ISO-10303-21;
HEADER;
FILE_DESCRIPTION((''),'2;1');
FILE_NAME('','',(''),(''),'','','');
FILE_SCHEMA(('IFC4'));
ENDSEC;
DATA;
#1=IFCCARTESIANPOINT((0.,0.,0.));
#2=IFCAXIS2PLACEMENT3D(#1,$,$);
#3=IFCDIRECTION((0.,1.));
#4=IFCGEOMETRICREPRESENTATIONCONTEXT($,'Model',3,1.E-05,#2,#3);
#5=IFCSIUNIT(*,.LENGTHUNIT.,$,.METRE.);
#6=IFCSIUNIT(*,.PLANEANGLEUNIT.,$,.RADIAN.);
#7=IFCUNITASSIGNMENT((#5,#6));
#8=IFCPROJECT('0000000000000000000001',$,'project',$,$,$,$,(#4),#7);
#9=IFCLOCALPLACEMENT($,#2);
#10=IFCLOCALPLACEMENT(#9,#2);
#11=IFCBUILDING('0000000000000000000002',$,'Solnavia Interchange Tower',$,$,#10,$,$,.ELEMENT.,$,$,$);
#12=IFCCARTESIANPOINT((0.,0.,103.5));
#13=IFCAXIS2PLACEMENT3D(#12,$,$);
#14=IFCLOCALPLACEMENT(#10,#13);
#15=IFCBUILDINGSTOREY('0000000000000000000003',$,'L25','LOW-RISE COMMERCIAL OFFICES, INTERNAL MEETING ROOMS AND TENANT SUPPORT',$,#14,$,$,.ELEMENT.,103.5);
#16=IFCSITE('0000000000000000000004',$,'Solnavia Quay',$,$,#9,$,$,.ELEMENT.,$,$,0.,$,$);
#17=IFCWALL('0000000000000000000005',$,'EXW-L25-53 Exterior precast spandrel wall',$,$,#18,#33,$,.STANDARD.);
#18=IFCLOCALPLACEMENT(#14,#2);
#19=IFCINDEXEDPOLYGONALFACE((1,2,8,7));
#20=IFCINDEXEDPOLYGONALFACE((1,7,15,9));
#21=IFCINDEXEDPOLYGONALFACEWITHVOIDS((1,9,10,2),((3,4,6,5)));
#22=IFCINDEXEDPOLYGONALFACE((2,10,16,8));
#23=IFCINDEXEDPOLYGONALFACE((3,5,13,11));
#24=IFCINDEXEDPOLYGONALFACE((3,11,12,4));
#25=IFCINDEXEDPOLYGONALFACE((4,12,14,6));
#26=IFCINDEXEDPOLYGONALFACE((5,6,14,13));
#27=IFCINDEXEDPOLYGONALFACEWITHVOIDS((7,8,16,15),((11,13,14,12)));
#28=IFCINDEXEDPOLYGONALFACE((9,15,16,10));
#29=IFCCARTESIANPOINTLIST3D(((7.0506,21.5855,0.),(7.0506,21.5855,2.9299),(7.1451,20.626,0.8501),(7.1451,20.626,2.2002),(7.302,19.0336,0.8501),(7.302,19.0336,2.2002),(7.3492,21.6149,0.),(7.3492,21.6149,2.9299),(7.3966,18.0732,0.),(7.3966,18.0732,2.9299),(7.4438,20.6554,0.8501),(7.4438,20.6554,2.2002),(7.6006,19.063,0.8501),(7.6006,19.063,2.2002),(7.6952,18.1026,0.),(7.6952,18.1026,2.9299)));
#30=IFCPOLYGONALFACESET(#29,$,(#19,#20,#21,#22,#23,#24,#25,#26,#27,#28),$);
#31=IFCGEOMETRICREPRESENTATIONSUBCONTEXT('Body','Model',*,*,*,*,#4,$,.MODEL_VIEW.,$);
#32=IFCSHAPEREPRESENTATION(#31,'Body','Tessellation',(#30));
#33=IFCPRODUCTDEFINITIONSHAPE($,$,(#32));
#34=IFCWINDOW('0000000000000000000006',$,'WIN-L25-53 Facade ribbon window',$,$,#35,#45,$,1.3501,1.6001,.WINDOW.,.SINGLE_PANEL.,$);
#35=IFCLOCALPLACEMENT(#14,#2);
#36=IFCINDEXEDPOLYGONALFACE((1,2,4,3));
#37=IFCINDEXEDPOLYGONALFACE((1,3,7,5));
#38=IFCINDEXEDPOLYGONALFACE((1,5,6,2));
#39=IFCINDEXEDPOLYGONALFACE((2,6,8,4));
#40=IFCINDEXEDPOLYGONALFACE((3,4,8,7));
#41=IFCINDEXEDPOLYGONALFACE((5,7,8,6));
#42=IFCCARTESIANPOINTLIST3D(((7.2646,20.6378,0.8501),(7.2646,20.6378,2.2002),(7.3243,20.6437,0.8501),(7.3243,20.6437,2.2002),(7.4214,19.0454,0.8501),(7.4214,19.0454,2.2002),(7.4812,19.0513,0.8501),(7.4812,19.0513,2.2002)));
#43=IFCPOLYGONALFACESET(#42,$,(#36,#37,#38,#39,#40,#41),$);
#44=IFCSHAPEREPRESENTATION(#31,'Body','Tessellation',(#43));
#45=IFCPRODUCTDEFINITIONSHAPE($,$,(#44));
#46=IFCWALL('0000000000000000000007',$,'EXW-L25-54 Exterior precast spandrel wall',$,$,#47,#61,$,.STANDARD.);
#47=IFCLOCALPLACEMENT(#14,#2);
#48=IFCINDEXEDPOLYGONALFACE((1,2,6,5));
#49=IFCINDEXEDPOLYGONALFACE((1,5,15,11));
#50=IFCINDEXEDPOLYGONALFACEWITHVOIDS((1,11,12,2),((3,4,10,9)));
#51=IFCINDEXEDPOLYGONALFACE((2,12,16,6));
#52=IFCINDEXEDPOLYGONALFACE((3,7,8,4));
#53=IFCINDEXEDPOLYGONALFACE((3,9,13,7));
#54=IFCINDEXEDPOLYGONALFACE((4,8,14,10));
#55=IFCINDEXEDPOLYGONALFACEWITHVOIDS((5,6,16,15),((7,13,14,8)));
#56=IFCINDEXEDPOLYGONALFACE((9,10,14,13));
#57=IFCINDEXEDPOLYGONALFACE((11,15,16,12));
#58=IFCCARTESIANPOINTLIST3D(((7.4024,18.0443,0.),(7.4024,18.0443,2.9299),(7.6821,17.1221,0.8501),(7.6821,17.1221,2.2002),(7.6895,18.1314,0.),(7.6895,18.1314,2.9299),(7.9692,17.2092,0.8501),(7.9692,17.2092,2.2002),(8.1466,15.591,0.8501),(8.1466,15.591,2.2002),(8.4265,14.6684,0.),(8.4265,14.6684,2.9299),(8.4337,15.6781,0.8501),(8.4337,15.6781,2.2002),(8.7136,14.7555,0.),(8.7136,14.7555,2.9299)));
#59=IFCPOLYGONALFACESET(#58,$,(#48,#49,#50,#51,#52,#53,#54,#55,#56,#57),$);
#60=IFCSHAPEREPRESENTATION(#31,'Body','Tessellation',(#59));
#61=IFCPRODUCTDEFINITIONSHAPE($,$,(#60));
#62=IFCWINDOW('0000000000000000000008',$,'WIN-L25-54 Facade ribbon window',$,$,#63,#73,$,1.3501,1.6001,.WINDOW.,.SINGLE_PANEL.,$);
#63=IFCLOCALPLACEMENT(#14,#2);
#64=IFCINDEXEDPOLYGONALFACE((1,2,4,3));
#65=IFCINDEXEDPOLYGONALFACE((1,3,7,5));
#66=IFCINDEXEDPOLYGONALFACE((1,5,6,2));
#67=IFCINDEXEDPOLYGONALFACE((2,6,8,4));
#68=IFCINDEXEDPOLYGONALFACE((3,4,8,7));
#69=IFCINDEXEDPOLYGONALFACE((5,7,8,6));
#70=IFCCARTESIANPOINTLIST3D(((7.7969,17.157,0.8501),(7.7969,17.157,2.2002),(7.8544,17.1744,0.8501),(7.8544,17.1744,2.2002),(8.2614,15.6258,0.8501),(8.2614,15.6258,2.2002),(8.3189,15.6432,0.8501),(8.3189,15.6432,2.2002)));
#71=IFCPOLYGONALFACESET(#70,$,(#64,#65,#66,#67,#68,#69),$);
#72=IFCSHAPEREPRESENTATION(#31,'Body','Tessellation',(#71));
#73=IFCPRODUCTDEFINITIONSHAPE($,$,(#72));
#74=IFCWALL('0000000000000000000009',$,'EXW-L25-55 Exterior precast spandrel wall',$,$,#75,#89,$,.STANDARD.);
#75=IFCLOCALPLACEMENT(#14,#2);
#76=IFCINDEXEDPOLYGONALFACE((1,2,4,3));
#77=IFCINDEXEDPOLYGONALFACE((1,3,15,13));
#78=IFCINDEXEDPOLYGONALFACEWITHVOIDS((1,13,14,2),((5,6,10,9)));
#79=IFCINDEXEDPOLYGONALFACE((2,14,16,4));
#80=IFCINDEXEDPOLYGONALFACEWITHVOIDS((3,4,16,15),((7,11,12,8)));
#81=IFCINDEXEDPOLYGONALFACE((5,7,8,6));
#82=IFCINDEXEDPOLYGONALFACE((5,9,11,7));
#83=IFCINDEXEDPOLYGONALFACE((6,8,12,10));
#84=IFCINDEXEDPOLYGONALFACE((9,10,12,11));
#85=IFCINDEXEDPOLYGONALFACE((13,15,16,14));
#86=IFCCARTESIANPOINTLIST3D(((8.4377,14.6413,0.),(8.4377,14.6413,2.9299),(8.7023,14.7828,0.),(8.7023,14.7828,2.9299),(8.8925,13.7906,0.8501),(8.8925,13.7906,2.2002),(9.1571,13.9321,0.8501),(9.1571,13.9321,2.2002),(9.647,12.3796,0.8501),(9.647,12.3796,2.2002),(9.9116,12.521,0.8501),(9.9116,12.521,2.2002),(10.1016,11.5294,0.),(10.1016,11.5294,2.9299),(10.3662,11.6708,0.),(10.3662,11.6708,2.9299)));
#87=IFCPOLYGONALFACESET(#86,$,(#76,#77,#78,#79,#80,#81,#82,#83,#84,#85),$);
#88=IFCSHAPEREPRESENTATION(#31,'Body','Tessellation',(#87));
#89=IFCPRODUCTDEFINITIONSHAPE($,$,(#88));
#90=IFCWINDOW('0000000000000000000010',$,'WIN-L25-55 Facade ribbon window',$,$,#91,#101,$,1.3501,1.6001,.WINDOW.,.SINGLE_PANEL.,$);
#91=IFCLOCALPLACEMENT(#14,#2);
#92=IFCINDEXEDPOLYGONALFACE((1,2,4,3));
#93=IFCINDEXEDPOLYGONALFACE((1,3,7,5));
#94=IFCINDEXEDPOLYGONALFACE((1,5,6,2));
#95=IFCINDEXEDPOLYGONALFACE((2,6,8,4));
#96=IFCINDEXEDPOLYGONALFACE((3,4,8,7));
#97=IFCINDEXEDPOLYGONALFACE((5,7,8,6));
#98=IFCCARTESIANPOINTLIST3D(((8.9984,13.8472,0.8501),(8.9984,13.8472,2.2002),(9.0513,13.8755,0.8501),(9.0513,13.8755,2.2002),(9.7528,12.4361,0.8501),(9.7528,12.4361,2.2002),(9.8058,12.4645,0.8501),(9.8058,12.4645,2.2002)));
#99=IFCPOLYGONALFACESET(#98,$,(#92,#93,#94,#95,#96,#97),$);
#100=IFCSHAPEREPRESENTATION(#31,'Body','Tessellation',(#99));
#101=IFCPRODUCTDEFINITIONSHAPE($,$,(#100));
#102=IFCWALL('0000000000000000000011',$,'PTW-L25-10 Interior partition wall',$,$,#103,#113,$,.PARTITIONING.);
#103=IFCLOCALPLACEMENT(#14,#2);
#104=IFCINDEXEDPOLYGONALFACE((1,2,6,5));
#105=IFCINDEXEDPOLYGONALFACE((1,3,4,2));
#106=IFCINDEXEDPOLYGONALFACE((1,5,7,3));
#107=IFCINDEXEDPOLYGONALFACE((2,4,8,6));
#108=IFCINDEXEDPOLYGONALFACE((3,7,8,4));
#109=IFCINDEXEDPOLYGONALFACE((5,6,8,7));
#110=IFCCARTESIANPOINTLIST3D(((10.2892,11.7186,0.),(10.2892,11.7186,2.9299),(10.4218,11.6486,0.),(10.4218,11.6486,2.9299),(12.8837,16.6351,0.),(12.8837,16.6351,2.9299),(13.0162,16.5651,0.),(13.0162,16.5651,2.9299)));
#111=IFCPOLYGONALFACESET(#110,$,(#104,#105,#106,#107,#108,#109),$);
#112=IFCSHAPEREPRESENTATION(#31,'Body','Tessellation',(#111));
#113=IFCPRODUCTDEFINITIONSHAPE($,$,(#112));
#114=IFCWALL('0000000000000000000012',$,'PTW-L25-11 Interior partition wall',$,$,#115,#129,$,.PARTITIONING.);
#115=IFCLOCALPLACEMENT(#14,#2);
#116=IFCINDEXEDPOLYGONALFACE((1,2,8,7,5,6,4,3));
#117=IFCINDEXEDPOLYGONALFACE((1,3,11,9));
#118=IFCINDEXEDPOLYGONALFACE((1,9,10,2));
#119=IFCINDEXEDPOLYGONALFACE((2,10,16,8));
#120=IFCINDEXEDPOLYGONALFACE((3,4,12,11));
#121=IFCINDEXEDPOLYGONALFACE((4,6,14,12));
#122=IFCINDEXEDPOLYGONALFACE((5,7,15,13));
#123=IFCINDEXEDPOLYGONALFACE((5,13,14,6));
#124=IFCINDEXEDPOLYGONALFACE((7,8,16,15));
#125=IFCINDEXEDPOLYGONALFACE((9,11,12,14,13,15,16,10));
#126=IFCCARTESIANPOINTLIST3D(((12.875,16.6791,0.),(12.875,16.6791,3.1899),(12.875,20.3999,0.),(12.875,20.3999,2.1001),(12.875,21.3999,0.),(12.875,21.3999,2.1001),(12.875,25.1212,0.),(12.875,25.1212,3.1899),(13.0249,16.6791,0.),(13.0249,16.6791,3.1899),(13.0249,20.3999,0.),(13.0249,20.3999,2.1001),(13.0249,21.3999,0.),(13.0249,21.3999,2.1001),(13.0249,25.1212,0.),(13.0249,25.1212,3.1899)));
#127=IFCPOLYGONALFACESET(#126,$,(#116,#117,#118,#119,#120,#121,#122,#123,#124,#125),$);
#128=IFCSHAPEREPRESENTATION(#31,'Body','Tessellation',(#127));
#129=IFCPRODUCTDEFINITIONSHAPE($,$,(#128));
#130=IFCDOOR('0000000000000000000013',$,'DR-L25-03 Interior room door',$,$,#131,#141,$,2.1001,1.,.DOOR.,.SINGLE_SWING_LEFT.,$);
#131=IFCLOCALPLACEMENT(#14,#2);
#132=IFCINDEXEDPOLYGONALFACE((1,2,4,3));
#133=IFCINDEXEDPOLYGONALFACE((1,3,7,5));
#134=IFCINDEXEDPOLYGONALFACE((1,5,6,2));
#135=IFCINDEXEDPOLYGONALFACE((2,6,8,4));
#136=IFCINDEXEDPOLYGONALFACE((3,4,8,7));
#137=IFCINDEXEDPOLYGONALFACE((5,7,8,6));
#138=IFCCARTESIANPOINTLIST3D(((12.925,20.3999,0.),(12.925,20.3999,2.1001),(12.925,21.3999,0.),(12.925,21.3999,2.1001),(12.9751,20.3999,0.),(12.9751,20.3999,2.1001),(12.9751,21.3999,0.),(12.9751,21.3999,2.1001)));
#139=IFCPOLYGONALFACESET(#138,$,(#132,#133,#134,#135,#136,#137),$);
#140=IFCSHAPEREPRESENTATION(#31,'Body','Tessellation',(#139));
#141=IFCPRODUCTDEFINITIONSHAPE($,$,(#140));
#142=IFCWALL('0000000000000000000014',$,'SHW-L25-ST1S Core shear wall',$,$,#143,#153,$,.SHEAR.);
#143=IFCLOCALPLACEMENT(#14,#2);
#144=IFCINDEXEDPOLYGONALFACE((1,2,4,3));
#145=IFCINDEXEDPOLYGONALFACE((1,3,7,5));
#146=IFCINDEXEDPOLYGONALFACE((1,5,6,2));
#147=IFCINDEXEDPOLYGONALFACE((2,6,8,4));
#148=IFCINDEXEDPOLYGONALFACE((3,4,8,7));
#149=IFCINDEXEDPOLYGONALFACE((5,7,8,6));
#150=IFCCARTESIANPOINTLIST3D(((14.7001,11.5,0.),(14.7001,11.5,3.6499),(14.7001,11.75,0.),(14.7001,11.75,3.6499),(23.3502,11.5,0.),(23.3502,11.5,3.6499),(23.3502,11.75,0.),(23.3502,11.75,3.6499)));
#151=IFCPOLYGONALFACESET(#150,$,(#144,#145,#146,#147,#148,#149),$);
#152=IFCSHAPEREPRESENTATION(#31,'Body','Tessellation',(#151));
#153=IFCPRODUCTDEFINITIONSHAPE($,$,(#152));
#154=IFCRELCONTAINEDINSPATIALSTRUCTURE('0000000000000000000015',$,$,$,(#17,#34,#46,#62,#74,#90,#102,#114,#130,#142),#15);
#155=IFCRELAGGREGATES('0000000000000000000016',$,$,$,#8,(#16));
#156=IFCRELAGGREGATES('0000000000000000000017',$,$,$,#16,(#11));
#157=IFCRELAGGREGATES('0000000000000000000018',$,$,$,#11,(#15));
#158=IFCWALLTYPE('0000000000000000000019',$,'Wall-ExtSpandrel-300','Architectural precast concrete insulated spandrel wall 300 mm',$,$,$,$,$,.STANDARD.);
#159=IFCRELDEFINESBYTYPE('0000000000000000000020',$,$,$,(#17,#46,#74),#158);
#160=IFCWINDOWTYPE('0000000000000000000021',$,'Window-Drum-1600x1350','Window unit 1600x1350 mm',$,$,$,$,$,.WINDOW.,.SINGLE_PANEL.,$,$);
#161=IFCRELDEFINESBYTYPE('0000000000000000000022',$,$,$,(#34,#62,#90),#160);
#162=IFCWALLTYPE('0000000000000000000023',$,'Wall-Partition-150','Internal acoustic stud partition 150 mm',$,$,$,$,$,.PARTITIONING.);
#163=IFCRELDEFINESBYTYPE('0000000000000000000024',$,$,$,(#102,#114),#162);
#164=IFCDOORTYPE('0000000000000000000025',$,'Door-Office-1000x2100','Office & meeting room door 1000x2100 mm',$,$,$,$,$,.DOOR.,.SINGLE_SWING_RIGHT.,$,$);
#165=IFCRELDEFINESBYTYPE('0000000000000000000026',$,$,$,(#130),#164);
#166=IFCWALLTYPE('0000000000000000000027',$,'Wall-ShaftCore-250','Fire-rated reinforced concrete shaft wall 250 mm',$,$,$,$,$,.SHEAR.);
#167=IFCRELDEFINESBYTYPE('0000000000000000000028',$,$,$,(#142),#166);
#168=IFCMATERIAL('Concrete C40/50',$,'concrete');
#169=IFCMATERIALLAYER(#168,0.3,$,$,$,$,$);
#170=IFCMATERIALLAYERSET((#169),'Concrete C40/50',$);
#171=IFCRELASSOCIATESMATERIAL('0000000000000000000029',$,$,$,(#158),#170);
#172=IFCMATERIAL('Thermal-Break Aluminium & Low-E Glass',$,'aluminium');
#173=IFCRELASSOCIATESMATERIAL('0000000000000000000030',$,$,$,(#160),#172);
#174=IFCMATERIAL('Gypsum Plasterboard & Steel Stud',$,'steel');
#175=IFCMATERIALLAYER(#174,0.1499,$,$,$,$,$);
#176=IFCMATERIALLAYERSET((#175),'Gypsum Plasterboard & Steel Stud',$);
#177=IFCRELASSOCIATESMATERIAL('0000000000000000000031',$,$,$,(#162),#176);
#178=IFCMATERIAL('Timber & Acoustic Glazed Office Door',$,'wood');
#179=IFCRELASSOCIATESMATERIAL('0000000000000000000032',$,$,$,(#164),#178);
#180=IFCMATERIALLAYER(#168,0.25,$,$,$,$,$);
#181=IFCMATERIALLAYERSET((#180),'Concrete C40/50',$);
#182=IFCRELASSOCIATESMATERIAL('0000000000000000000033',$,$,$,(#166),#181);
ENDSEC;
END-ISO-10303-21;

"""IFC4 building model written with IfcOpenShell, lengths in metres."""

from ifc_helpers import new_model, si_unit, direction, frame, frame_2d, origin, place, context, subcontext, project, spatial, rectangle, extrude, material, layer, layer_set, type_object, element, fill, save


model = new_model("IFC4")

# Units and contexts
model_context = context("Model", 3, precision=1e-05, world=origin(), true_north=direction((0.0, 1.0)))
body_context = subcontext(model_context, "Body", "Model", "MODEL_VIEW")
ifc_project = project(units=[si_unit("LENGTHUNIT", "METRE"), si_unit("PLANEANGLEUNIT", "RADIAN")], contexts=[model_context])

# Site, building, storey
site_placement = place(None, origin())
site = spatial("IfcSite", under=ifc_project, at=site_placement, Name="Solnavia Quay", CompositionType="ELEMENT", RefElevation=0.0)
building_placement = place(site_placement, origin())
building = spatial("IfcBuilding", under=site, at=building_placement, Name="Solnavia Interchange Tower", CompositionType="ELEMENT")
storey_placement = place(building_placement, frame((0.0, 0.0, 103.5)))
storey = spatial("IfcBuildingStorey", under=building, at=storey_placement, Name="L25", Description="LOW-RISE COMMERCIAL OFFICES, INTERNAL MEETING ROOMS AND TENANT SUPPORT", CompositionType="ELEMENT", Elevation=103.5)

# Walls, openings, windows
ifc_material_1 = material(Name="Concrete C40/50", Category="concrete")
ifc_layer_1 = layer(ifc_material_1, 0.3)
ifc_layer_set_1 = layer_set([ifc_layer_1], Name="Concrete C40/50")
wall_type_1 = type_object("IfcWallType", Name="Wall-ExtSpandrel-300", Description="Architectural precast concrete insulated spandrel wall 300 mm", PredefinedType="STANDARD", material=ifc_layer_set_1)
ifc_material_2 = material(Name="Thermal-Break Aluminium & Low-E Glass", Category="aluminium")
wall_1_placement = place(storey_placement, frame((7.5459, 18.0879, 0.0), z_axis=(0.0, 0.0, 1.0), x_axis=(-0.098024, 0.995184, 0.0)))
wall_1 = element("IfcWall", 1, at=wall_1_placement, inside=storey, type_object=wall_type_1, Name="EXW-L25-53 Exterior precast spandrel wall", PredefinedType="STANDARD", context=body_context, shape_type="SweptSolid", body=[
    extrude(rectangle(XDim=3.5293, YDim=0.3, at=frame_2d((1.7646, 0.0))), origin(), (0.0, 0.0, 1.0), 2.9299),
])
opening_1_placement = place(wall_1_placement, frame((0.9651, 0.0, 0.8501)))
opening_1 = element("IfcOpeningElement", 2, at=opening_1_placement, cuts=wall_1, PredefinedType="OPENING", context=body_context, shape_type="SweptSolid", body=[
    extrude(rectangle(XDim=1.6001, YDim=1.3501, at=frame_2d((0.8, 0.675))), frame((0.0, 0.1602, 0.0), z_axis=(0.0, -1.0, 0.0), x_axis=(1.0, 0.0, 0.0)), (0.0, 0.0, 1.0), 0.3201),
])
window_type_1 = type_object("IfcWindowType", Name="Window-Drum-1600x1350", Description="Window unit 1600x1350 mm", PartitioningType="SINGLE_PANEL", PredefinedType="WINDOW", material=ifc_material_2)
window_1_placement = place(opening_1_placement, origin())
window_1 = element("IfcWindow", 3, at=window_1_placement, inside=storey, type_object=window_type_1, Name="WIN-L25-53 Facade ribbon window", OverallHeight=1.3501, OverallWidth=1.6001, PartitioningType="SINGLE_PANEL", PredefinedType="WINDOW", context=body_context, shape_type="SweptSolid", body=[
    extrude(rectangle(XDim=1.6001, YDim=1.3501, at=frame_2d((0.8, 0.675))), frame((0.0, 0.03, 0.0), z_axis=(0.0, -1.0, 0.0), x_axis=(1.0, 0.0, 0.0)), (0.0, 0.0, 1.0), 0.0601),
])
fill(opening_1, window_1)
wall_2_placement = place(storey_placement, frame((8.5701, 14.7119, 0.0), z_axis=(0.0, 0.0, 1.0), x_axis=(-0.290305, 0.956934, 0.0)))
wall_2 = element("IfcWall", 4, at=wall_2_placement, inside=storey, type_object=wall_type_1, Name="EXW-L25-54 Exterior precast spandrel wall", PredefinedType="STANDARD", context=body_context, shape_type="SweptSolid", body=[
    extrude(rectangle(XDim=3.5278, YDim=0.3, at=frame_2d((1.7639, 0.0))), origin(), (0.0, 0.0, 1.0), 2.9299),
])
opening_2_placement = place(wall_2_placement, frame((0.9641, 0.0, 0.8501)))
opening_2 = element("IfcOpeningElement", 5, at=opening_2_placement, cuts=wall_2, PredefinedType="OPENING", context=body_context, shape_type="SweptSolid", body=[
    extrude(rectangle(XDim=1.6001, YDim=1.3501, at=frame_2d((0.8, 0.675))), frame((0.0, 0.1602, 0.0), z_axis=(0.0, -1.0, 0.0), x_axis=(1.0, 0.0, 0.0)), (0.0, 0.0, 1.0), 0.3201),
])
window_2_placement = place(opening_2_placement, origin())
window_2 = element("IfcWindow", 6, at=window_2_placement, inside=storey, type_object=window_type_1, Name="WIN-L25-54 Facade ribbon window", OverallHeight=1.3501, OverallWidth=1.6001, PartitioningType="SINGLE_PANEL", PredefinedType="WINDOW", context=body_context, shape_type="SweptSolid", body=[
    extrude(rectangle(XDim=1.6001, YDim=1.3501, at=frame_2d((0.8, 0.675))), frame((0.0, 0.03, 0.0), z_axis=(0.0, -1.0, 0.0), x_axis=(1.0, 0.0, 0.0)), (0.0, 0.0, 1.0), 0.0601),
])
fill(opening_2, window_2)
wall_3_placement = place(storey_placement, frame((10.2339, 11.6001, 0.0), z_axis=(0.0, 0.0, 1.0), x_axis=(-0.471511, 0.88186, 0.0)))
wall_3 = element("IfcWall", 7, at=wall_3_placement, inside=storey, type_object=wall_type_1, Name="EXW-L25-55 Exterior precast spandrel wall", PredefinedType="STANDARD", context=body_context, shape_type="SweptSolid", body=[
    extrude(rectangle(XDim=3.5288, YDim=0.3, at=frame_2d((1.7644, 0.0))), origin(), (0.0, 0.0, 1.0), 2.9299),
])
opening_3_placement = place(wall_3_placement, frame((0.9641, 0.0, 0.8501)))
opening_3 = element("IfcOpeningElement", 8, at=opening_3_placement, cuts=wall_3, PredefinedType="OPENING", context=body_context, shape_type="SweptSolid", body=[
    extrude(rectangle(XDim=1.6001, YDim=1.3501, at=frame_2d((0.8, 0.675))), frame((0.0, 0.1602, 0.0), z_axis=(0.0, -1.0, 0.0), x_axis=(1.0, 0.0, 0.0)), (0.0, 0.0, 1.0), 0.3201),
])
window_3_placement = place(opening_3_placement, origin())
window_3 = element("IfcWindow", 9, at=window_3_placement, inside=storey, type_object=window_type_1, Name="WIN-L25-55 Facade ribbon window", OverallHeight=1.3501, OverallWidth=1.6001, PartitioningType="SINGLE_PANEL", PredefinedType="WINDOW", context=body_context, shape_type="SweptSolid", body=[
    extrude(rectangle(XDim=1.6001, YDim=1.3501, at=frame_2d((0.8, 0.675))), frame((0.0, 0.03, 0.0), z_axis=(0.0, -1.0, 0.0), x_axis=(1.0, 0.0, 0.0)), (0.0, 0.0, 1.0), 0.0601),
])
fill(opening_3, window_3)

# Wall
ifc_material_3 = material(Name="Gypsum Plasterboard & Steel Stud", Category="steel")
ifc_layer_2 = layer(ifc_material_3, 0.1499)
ifc_layer_set_2 = layer_set([ifc_layer_2], Name="Gypsum Plasterboard & Steel Stud")
wall_type_2 = type_object("IfcWallType", Name="Wall-Partition-150", Description="Internal acoustic stud partition 150 mm", PredefinedType="PARTITIONING", material=ifc_layer_set_2)
wall_4_placement = place(storey_placement, frame((12.95, 16.6001, 0.0), z_axis=(0.0, 0.0, 1.0), x_axis=(-0.466711, -0.88441, 0.0)))
element("IfcWall", 10, at=wall_4_placement, inside=storey, type_object=wall_type_2, Name="PTW-L25-10 Interior partition wall", PredefinedType="PARTITIONING", context=body_context, shape_type="SweptSolid", body=[
    extrude(rectangle(XDim=5.5591, YDim=0.1499, at=frame_2d((2.7795, 0.0))), origin(), (0.0, 0.0, 1.0), 2.9299),
])

# Wall, opening, door
wall_5_placement = place(storey_placement, frame((12.95, 16.679, 0.0), z_axis=(0.0, 0.0, 1.0), x_axis=(0.0, 1.0, 0.0)))
wall_5 = element("IfcWall", 11, at=wall_5_placement, inside=storey, type_object=wall_type_2, Name="PTW-L25-11 Interior partition wall", PredefinedType="PARTITIONING", context=body_context, shape_type="SweptSolid", body=[
    extrude(rectangle(XDim=8.4421, YDim=0.1499, at=frame_2d((4.2212, 0.0))), origin(), (0.0, 0.0, 1.0), 3.1899),
])
opening_4_placement = place(wall_5_placement, frame((3.7209, 0.0, 0.0)))
opening_4 = element("IfcOpeningElement", 12, at=opening_4_placement, cuts=wall_5, PredefinedType="OPENING", context=body_context, shape_type="SweptSolid", body=[
    extrude(rectangle(XDim=1.0, YDim=2.1001, at=frame_2d((0.5, 1.05))), frame((0.0, 0.085, 0.0), z_axis=(0.0, -1.0, 0.0), x_axis=(1.0, 0.0, 0.0)), (0.0, 0.0, 1.0), 0.1699),
])
ifc_material_4 = material(Name="Timber & Acoustic Glazed Office Door", Category="wood")
door_type_1 = type_object("IfcDoorType", Name="Door-Office-1000x2100", Description="Office & meeting room door 1000x2100 mm", OperationType="SINGLE_SWING_RIGHT", PredefinedType="DOOR", material=ifc_material_4)
door_1_placement = place(opening_4_placement, origin())
door_1 = element("IfcDoor", 13, at=door_1_placement, inside=storey, type_object=door_type_1, Name="DR-L25-03 Interior room door", OperationType="SINGLE_SWING_LEFT", OverallHeight=2.1001, OverallWidth=1.0, PredefinedType="DOOR", context=body_context, shape_type="SweptSolid", body=[
    extrude(rectangle(XDim=1.0, YDim=2.1001, at=frame_2d((0.5, 1.05))), frame((0.0, 0.0249, 0.0), z_axis=(0.0, -1.0, 0.0), x_axis=(1.0, 0.0, 0.0)), (0.0, 0.0, 1.0), 0.05),
])
fill(opening_4, door_1)

# Wall
ifc_layer_3 = layer(ifc_material_1, 0.25)
ifc_layer_set_3 = layer_set([ifc_layer_3], Name="Concrete C40/50")
wall_type_3 = type_object("IfcWallType", Name="Wall-ShaftCore-250", Description="Fire-rated reinforced concrete shaft wall 250 mm", PredefinedType="SHEAR", material=ifc_layer_set_3)
wall_6_placement = place(storey_placement, frame((14.7, 11.625, 0.0), z_axis=(0.0, 0.0, 1.0), x_axis=(1.0, 0.0, 0.0)))
element("IfcWall", 14, at=wall_6_placement, inside=storey, type_object=wall_type_3, Name="SHW-L25-ST1S Core shear wall", PredefinedType="SHEAR", context=body_context, shape_type="SweptSolid", body=[
    extrude(rectangle(XDim=8.6501, YDim=0.25, at=frame_2d((4.3252, 0.0))), origin(), (0.0, 0.0, 1.0), 3.6499),
])

save(model, "model.ifc")
